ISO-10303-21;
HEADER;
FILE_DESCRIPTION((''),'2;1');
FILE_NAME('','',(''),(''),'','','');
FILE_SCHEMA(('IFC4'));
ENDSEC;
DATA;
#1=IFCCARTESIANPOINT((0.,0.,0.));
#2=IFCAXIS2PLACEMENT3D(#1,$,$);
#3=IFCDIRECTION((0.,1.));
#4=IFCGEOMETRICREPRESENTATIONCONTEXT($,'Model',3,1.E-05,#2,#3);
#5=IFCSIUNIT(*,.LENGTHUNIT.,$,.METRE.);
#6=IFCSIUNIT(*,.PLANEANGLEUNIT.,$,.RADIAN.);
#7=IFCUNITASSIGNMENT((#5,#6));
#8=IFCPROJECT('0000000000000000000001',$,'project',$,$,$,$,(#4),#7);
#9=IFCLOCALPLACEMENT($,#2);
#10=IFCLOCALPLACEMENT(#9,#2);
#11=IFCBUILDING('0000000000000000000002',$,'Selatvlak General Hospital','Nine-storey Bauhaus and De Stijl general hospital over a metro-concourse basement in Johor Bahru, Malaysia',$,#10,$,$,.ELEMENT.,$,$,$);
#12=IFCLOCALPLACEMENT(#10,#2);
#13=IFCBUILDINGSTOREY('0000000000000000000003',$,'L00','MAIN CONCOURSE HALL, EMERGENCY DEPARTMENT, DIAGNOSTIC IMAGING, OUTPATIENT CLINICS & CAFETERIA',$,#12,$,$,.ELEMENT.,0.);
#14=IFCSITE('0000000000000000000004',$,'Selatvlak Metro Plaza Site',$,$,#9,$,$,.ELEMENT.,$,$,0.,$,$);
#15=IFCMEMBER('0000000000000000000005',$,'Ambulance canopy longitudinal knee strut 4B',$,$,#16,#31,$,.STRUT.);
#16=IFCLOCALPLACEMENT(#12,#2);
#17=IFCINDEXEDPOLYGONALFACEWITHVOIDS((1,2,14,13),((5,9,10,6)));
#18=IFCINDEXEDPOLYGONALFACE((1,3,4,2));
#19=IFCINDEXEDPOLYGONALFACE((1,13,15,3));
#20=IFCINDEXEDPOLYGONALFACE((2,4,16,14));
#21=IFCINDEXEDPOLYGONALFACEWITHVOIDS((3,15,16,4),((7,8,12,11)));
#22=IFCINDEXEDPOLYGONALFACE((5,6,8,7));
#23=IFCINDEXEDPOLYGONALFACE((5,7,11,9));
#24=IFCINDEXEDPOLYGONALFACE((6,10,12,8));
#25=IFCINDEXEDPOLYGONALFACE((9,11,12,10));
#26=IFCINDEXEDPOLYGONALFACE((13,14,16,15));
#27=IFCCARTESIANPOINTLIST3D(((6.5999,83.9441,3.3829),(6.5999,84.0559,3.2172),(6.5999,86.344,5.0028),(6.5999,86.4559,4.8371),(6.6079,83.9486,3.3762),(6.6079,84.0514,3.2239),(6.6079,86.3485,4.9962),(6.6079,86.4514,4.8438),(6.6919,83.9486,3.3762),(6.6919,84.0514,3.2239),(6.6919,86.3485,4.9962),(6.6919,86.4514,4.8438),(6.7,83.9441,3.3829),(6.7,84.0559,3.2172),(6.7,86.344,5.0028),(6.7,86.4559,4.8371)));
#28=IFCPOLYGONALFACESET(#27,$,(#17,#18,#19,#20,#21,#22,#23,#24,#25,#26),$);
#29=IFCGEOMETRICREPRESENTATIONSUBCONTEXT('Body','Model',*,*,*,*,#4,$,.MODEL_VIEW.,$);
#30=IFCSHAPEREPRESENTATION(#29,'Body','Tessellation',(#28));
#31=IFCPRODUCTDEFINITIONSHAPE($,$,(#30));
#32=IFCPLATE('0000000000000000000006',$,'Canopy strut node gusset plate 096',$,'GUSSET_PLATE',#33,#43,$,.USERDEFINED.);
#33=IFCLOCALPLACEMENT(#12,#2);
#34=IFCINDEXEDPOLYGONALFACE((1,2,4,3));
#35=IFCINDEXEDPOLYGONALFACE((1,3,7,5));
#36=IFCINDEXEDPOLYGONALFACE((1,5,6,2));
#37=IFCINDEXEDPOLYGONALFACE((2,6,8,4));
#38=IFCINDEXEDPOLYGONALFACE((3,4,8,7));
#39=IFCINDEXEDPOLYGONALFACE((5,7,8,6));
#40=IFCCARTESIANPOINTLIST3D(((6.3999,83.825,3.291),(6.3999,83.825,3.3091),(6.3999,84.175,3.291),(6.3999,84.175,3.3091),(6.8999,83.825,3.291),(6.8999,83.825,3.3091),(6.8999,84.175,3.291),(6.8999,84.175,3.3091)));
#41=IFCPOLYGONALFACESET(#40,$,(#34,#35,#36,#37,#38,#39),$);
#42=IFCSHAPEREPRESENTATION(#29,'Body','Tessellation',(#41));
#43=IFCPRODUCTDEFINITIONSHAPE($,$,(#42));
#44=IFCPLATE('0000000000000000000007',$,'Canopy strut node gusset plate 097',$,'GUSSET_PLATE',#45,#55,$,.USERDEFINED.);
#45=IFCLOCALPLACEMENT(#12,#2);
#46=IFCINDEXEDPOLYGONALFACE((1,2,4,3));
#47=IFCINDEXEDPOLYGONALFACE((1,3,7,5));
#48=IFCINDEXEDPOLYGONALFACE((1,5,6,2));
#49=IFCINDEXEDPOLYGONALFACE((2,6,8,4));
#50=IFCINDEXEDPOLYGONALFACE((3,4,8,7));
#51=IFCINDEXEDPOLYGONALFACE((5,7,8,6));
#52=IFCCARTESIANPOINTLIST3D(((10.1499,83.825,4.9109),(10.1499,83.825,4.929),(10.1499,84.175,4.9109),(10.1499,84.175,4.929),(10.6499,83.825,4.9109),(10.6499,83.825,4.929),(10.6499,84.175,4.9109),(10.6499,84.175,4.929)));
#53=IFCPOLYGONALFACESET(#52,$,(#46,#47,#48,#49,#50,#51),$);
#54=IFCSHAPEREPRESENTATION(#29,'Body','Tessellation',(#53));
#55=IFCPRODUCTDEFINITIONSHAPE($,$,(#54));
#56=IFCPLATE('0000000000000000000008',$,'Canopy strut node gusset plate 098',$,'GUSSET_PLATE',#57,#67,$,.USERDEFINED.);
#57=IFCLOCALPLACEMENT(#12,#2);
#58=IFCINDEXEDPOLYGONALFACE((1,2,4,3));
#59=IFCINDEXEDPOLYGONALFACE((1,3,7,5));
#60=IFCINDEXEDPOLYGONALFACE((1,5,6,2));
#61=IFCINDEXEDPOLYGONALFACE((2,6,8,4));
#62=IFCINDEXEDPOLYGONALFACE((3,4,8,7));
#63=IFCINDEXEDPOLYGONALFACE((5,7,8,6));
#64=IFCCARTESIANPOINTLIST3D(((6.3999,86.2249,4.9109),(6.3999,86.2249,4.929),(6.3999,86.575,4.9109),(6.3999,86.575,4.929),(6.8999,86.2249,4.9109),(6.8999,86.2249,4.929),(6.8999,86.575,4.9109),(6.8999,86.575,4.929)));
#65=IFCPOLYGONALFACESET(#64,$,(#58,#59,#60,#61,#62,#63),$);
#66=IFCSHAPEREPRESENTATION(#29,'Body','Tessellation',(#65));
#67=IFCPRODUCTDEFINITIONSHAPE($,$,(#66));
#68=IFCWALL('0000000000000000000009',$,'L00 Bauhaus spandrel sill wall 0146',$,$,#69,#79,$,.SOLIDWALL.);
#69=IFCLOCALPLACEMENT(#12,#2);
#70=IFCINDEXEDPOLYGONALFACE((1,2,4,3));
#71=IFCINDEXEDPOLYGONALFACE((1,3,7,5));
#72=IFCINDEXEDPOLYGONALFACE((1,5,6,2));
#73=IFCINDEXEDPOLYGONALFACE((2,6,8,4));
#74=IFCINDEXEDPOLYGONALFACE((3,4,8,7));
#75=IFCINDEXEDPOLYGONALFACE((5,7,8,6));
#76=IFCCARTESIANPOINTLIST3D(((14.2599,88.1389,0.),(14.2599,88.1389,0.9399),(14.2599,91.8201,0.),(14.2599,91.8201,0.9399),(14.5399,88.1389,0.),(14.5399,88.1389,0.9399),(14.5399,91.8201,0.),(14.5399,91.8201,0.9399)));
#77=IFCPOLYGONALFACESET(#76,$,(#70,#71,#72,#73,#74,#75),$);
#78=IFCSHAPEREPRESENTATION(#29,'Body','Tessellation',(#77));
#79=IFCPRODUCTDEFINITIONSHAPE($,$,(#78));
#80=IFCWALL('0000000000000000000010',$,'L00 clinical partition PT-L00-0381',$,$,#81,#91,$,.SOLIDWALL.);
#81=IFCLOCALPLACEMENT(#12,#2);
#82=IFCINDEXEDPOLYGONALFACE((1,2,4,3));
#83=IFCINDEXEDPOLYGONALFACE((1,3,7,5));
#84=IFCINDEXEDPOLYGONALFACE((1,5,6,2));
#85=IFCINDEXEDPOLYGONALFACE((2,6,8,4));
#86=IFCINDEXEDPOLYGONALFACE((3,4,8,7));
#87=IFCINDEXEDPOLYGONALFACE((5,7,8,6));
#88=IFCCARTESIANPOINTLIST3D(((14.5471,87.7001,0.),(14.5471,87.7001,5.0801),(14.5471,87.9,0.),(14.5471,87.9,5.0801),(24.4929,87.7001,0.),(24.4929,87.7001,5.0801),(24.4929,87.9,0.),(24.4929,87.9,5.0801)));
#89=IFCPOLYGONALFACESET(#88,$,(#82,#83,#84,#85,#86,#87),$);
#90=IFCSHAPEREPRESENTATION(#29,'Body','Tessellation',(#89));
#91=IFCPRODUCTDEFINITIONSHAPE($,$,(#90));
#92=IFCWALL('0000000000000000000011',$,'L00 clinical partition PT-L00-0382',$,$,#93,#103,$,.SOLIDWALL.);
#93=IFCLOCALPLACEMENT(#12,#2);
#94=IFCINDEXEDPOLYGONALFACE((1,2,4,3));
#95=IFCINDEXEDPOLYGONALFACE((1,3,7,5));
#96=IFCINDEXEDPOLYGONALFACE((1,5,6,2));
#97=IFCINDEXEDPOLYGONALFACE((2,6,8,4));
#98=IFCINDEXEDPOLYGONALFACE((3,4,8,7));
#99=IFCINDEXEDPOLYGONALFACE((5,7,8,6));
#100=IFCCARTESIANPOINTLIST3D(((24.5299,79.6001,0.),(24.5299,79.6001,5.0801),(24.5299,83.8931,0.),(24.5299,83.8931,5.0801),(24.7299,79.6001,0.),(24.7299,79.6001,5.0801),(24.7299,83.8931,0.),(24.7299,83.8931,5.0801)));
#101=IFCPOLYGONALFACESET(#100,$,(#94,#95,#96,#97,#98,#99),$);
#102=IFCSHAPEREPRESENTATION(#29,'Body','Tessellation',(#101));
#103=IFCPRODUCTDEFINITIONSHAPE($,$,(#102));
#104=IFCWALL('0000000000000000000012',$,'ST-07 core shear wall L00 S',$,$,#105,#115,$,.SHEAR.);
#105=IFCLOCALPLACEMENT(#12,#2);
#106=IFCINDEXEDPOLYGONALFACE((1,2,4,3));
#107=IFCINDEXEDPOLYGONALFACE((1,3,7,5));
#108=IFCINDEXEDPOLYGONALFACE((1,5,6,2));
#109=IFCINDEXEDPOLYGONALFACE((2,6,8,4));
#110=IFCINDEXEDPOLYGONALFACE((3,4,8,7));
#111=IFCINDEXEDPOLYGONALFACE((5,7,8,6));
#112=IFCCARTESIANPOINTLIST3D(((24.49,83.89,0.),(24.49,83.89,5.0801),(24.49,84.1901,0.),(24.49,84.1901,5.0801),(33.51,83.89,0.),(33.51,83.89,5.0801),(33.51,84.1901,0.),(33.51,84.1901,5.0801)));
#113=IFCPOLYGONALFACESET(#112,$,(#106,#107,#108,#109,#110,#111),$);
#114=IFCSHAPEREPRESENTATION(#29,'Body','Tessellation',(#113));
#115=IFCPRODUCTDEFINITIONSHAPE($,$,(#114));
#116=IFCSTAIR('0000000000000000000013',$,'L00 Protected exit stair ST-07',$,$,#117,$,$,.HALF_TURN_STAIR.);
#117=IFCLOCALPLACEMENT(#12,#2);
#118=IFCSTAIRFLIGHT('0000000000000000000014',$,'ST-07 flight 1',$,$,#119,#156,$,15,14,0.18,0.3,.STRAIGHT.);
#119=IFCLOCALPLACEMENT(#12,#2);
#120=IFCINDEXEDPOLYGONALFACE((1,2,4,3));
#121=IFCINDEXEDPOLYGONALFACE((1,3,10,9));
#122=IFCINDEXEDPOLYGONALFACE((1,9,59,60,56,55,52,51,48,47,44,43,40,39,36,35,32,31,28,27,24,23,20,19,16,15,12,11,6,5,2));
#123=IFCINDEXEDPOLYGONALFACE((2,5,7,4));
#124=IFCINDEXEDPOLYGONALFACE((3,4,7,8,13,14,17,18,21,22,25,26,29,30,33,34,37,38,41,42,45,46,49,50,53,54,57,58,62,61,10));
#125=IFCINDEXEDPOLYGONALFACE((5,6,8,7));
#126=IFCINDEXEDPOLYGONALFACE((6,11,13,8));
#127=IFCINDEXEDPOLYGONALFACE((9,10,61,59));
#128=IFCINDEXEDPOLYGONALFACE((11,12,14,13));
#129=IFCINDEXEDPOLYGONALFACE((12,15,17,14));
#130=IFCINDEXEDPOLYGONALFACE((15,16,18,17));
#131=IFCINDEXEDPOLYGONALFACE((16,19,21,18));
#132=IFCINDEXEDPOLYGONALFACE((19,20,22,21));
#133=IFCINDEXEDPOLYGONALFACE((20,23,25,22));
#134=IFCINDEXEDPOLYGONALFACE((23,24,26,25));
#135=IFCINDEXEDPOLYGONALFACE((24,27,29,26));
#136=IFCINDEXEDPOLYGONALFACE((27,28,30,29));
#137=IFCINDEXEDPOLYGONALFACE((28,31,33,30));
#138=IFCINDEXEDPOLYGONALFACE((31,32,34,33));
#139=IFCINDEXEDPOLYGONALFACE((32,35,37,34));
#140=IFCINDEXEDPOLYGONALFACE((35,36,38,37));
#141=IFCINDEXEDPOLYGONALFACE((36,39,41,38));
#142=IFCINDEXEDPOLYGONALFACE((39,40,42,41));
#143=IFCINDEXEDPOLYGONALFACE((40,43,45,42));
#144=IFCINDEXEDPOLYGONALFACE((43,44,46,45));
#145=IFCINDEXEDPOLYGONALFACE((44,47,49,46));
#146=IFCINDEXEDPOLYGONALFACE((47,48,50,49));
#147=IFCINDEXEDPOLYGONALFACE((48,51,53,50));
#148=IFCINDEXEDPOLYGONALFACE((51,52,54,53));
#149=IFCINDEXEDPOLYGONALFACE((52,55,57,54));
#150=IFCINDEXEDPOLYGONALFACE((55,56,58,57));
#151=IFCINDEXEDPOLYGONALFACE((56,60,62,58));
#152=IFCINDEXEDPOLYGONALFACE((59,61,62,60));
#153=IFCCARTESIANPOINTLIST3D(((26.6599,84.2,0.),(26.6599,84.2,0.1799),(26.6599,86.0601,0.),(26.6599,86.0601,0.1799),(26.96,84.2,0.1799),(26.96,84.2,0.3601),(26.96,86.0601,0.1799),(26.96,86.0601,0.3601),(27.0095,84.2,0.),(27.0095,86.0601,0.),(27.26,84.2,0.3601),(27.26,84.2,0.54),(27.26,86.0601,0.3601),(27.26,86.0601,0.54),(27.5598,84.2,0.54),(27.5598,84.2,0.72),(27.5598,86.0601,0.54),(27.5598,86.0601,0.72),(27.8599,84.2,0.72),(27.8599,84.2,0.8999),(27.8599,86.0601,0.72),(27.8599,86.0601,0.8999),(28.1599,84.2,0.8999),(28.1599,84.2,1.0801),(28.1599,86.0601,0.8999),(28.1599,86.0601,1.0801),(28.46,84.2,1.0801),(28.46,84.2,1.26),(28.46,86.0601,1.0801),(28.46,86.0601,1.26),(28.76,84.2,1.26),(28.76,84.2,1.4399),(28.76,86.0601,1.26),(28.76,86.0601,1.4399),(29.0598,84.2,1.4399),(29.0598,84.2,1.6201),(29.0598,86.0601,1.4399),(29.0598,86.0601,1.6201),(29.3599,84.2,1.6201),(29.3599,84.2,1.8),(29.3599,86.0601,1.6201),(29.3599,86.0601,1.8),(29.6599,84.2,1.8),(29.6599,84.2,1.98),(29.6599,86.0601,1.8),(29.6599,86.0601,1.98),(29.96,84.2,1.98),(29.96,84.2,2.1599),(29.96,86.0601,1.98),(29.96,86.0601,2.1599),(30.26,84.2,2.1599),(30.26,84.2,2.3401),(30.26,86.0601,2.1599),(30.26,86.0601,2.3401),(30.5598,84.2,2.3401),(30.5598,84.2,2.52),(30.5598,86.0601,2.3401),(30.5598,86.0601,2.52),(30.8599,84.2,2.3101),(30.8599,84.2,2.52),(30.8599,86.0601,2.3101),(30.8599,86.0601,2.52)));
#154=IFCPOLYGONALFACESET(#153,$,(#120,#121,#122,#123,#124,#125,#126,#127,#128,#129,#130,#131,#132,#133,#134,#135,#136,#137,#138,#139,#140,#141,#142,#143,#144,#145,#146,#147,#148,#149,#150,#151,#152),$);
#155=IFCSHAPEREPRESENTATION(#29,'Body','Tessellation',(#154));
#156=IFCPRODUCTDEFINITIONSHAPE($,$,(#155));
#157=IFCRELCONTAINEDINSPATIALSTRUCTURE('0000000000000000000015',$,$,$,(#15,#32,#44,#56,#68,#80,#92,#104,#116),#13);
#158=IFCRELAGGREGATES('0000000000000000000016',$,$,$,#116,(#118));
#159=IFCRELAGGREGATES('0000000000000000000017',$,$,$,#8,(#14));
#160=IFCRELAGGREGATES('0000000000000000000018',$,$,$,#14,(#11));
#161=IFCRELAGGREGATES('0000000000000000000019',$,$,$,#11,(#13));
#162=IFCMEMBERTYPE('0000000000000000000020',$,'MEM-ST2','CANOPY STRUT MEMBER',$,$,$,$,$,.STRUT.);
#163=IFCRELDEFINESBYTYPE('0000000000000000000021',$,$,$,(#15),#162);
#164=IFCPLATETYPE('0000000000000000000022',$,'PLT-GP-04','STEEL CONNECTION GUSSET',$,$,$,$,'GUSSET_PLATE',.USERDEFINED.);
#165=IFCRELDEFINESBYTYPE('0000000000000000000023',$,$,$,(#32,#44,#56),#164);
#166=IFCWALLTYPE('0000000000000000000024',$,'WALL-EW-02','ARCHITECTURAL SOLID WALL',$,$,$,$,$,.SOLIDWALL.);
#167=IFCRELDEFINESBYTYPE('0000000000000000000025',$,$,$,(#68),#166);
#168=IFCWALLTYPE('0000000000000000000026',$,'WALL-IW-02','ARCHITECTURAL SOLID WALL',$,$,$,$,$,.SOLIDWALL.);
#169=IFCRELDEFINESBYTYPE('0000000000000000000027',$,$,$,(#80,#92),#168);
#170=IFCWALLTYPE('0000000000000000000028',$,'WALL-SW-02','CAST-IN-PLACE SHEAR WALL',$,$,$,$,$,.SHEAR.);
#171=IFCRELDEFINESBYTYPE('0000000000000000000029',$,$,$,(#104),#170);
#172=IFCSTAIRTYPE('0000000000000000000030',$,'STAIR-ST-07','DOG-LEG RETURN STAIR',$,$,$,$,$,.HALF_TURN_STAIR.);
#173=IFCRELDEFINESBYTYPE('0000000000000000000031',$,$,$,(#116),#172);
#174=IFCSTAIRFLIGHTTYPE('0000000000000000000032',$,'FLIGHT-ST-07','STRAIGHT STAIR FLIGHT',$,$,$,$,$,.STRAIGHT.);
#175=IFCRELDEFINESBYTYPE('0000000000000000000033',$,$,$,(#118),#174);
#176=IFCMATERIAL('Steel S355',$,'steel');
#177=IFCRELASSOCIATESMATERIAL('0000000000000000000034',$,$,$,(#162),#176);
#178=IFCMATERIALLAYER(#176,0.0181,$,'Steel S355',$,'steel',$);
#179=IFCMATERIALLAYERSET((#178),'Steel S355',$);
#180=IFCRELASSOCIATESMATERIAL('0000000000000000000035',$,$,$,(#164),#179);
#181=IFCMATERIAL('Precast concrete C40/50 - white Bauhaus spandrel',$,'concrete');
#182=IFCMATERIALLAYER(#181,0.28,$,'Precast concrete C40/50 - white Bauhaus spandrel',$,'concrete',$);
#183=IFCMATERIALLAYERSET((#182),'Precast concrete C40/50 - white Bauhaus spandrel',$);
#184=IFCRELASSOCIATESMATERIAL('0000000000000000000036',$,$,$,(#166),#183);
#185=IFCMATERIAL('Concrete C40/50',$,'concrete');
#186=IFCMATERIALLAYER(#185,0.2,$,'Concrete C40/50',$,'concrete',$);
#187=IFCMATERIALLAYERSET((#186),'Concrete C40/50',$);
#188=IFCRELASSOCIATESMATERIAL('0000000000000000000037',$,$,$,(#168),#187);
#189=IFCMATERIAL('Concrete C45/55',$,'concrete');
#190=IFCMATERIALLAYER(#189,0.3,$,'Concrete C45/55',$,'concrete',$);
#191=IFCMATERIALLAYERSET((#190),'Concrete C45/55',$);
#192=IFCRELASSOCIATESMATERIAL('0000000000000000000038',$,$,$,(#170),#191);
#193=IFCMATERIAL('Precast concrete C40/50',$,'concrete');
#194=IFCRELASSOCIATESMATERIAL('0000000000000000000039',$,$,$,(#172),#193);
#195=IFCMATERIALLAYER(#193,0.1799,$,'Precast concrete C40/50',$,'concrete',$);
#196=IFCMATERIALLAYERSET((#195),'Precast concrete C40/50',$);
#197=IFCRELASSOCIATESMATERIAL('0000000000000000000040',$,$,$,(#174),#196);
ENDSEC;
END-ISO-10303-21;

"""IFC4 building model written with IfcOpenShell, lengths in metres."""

from ifc_helpers import new_model, si_unit, direction, frame, frame_2d, origin, origin_2d, place, context, subcontext, project, spatial, polyline, rectangle, hollow_rectangle, outline, extrude, material, layer, layer_set, material_profile, profile_set, type_object, element, aggregate, save


model = new_model("IFC4")

# Units and contexts
model_context = context("Model", 3, precision=1e-05, world=origin(), true_north=direction((0.0, 1.0)))
body_context = subcontext(model_context, "Body", "Model", "MODEL_VIEW")
ifc_project = project(units=[si_unit("LENGTHUNIT", "METRE"), si_unit("PLANEANGLEUNIT", "RADIAN")], contexts=[model_context])

# Site, building, storey
site_placement = place(None, origin())
site = spatial("IfcSite", under=ifc_project, at=site_placement, Name="Selatvlak Metro Plaza Site", CompositionType="ELEMENT", RefElevation=0.0)
building_placement = place(site_placement, origin())
building = spatial("IfcBuilding", under=site, at=building_placement, Name="Selatvlak General Hospital", Description="Nine-storey Bauhaus and De Stijl general hospital over a metro-concourse basement in Johor Bahru, Malaysia", CompositionType="ELEMENT")
storey_placement = place(building_placement, origin())
storey = spatial("IfcBuildingStorey", under=building, at=storey_placement, Name="L00", Description="MAIN CONCOURSE HALL, EMERGENCY DEPARTMENT, DIAGNOSTIC IMAGING, OUTPATIENT CLINICS & CAFETERIA", CompositionType="ELEMENT", Elevation=0.0)

# Shared definitions
ifc_material_1 = material(Name="Steel S355", Category="steel")

# Shared definitions
ifc_material_2 = material(Name="Concrete C40/50", Category="concrete")

# Member
ifc_material_profile_1 = material_profile(ifc_material_1, hollow_rectangle(XDim=0.1001, YDim=0.2, WallThickness=0.0081, at=origin_2d()), Name="RHS 200x100x8")
ifc_profile_set_1 = profile_set([ifc_material_profile_1], Name="Steel S355")
member_type_1 = type_object("IfcMemberType", Name="MEM-ST2", Description="CANOPY STRUT MEMBER", PredefinedType="STRUT", material=ifc_profile_set_1)
member_1_placement = place(storey_placement, frame((6.6499, 84.0, 3.3), z_axis=(0.0, 0.828858, 0.559458), x_axis=(-1.0, 0.0, 0.0)))
element("IfcMember", 1, at=member_1_placement, inside=storey, type_object=member_type_1, Name="Ambulance canopy longitudinal knee strut 4B", PredefinedType="STRUT", context=body_context, shape_type="SweptSolid", body=[
    extrude(hollow_rectangle(XDim=0.1001, YDim=0.2, WallThickness=0.0081, at=origin_2d()), origin(), (0.0, 0.0, 1.0), 2.8955),
])

# Plates
ifc_layer_1 = layer(ifc_material_1, 0.0181, Name="Steel S355", Category="steel")
ifc_layer_set_1 = layer_set([ifc_layer_1], Name="Steel S355")
plate_type = type_object("IfcPlateType", Name="PLT-GP-04", Description="STEEL CONNECTION GUSSET", ElementType="GUSSET_PLATE", PredefinedType="USERDEFINED", material=ifc_layer_set_1)
for number, where, z_axis, x_axis, name in (
    (2, (6.6499, 84.0, 3.291), (0.0, 0.0, 1.0), (1.0, 0.0, 0.0), "Canopy strut node gusset plate 096"),
    (3, (10.3999, 84.0, 4.9109), (0.0, 0.0, 1.0), (1.0, 0.0, 0.0), "Canopy strut node gusset plate 097"),
    (4, (6.6499, 86.3999, 4.9109), (0.0, 0.0, 1.0), (1.0, 0.0, 0.0), "Canopy strut node gusset plate 098"),
):
    element("IfcPlate", number, at=place(storey_placement, frame(where, z_axis=z_axis, x_axis=x_axis)), inside=storey, type_object=plate_type, Name=name, ObjectType="GUSSET_PLATE", PredefinedType="USERDEFINED", context=body_context, shape_type="SweptSolid", body=[
        extrude(rectangle(XDim=0.5, YDim=0.3501, at=origin_2d()), origin(), (0.0, 0.0, 1.0), 0.0181),
    ])

# Walls
ifc_material_3 = material(Name="Precast concrete C40/50 - white Bauhaus spandrel", Category="concrete")
ifc_layer_2 = layer(ifc_material_3, 0.28, Name="Precast concrete C40/50 - white Bauhaus spandrel", Category="concrete")
ifc_layer_set_2 = layer_set([ifc_layer_2], Name="Precast concrete C40/50 - white Bauhaus spandrel")
wall_type_1 = type_object("IfcWallType", Name="WALL-EW-02", Description="ARCHITECTURAL SOLID WALL", PredefinedType="SOLIDWALL", material=ifc_layer_set_2)
wall_1_placement = place(storey_placement, frame((14.3999, 88.1389, 0.0), z_axis=(0.0, 0.0, 1.0), x_axis=(0.0, 1.0, 0.0)))
element("IfcWall", 5, at=wall_1_placement, inside=storey, type_object=wall_type_1, Name="L00 Bauhaus spandrel sill wall 0146", PredefinedType="SOLIDWALL", context=body_context, shape_type="SweptSolid", body=[
    extrude(rectangle(XDim=3.6812, YDim=0.28, at=frame_2d((1.8406, 0.0))), origin(), (0.0, 0.0, 1.0), 0.9399),
])
ifc_layer_3 = layer(ifc_material_2, 0.2, Name="Concrete C40/50", Category="concrete")
ifc_layer_set_3 = layer_set([ifc_layer_3], Name="Concrete C40/50")
wall_type_2 = type_object("IfcWallType", Name="WALL-IW-02", Description="ARCHITECTURAL SOLID WALL", PredefinedType="SOLIDWALL", material=ifc_layer_set_3)
wall_2_placement = place(storey_placement, frame((14.5471, 87.8, 0.0), z_axis=(0.0, 0.0, 1.0), x_axis=(1.0, 0.0, 0.0)))
element("IfcWall", 6, at=wall_2_placement, inside=storey, type_object=wall_type_2, Name="L00 clinical partition PT-L00-0381", PredefinedType="SOLIDWALL", context=body_context, shape_type="SweptSolid", body=[
    extrude(rectangle(XDim=9.9458, YDim=0.2, at=frame_2d((4.9729, 0.0))), origin(), (0.0, 0.0, 1.0), 5.0801),
])
wall_3_placement = place(storey_placement, frame((24.6299, 83.8931, 0.0), z_axis=(0.0, 0.0, 1.0), x_axis=(0.0, -1.0, 0.0)))
element("IfcWall", 7, at=wall_3_placement, inside=storey, type_object=wall_type_2, Name="L00 clinical partition PT-L00-0382", PredefinedType="SOLIDWALL", context=body_context, shape_type="SweptSolid", body=[
    extrude(rectangle(XDim=4.293, YDim=0.2, at=frame_2d((2.1465, 0.0))), origin(), (0.0, 0.0, 1.0), 5.0801),
])
ifc_material_4 = material(Name="Concrete C45/55", Category="concrete")
ifc_layer_4 = layer(ifc_material_4, 0.3, Name="Concrete C45/55", Category="concrete")
ifc_layer_set_4 = layer_set([ifc_layer_4], Name="Concrete C45/55")
wall_type_3 = type_object("IfcWallType", Name="WALL-SW-02", Description="CAST-IN-PLACE SHEAR WALL", PredefinedType="SHEAR", material=ifc_layer_set_4)
wall_4_placement = place(storey_placement, frame((24.49, 84.04, 0.0), z_axis=(0.0, 0.0, 1.0), x_axis=(1.0, 0.0, 0.0)))
element("IfcWall", 8, at=wall_4_placement, inside=storey, type_object=wall_type_3, Name="ST-07 core shear wall L00 S", PredefinedType="SHEAR", context=body_context, shape_type="SweptSolid", body=[
    extrude(rectangle(XDim=9.02, YDim=0.3, at=frame_2d((4.51, 0.0))), origin(), (0.0, 0.0, 1.0), 5.0801),
])

# Stair, stair flight
ifc_material_5 = material(Name="Precast concrete C40/50", Category="concrete")
stair_type = type_object("IfcStairType", Name="STAIR-ST-07", Description="DOG-LEG RETURN STAIR", PredefinedType="HALF_TURN_STAIR", material=ifc_material_5)
stair_placement = place(storey_placement, origin())
stair = element("IfcStair", 9, at=stair_placement, inside=storey, type_object=stair_type, Name="L00 Protected exit stair ST-07", PredefinedType="HALF_TURN_STAIR")
ifc_layer_5 = layer(ifc_material_5, 0.1799, Name="Precast concrete C40/50", Category="concrete")
ifc_layer_set_5 = layer_set([ifc_layer_5], Name="Precast concrete C40/50")
stair_flight_type = type_object("IfcStairFlightType", Name="FLIGHT-ST-07", Description="STRAIGHT STAIR FLIGHT", PredefinedType="STRAIGHT", material=ifc_layer_set_5)
stair_flight_placement = place(storey_placement, frame((26.6599, 85.1299, 0.0), z_axis=(0.0, 0.0, 1.0), x_axis=(1.0, 0.0, 0.0)))
stair_flight = element("IfcStairFlight", 10, at=stair_flight_placement, type_object=stair_flight_type, Name="ST-07 flight 1", NumberOfRisers=15, NumberOfTreads=14, PredefinedType="STRAIGHT", RiserHeight=0.18, TreadLength=0.3, context=body_context, shape_type="SweptSolid", body=[
    extrude(outline(polyline([(0.0, 0.0), (0.0, 0.1799), (0.3, 0.1799), (0.3, 0.3601), (0.6001, 0.3601), (0.6001, 0.54), (0.8999, 0.54), (0.8999, 0.72), (1.2, 0.72), (1.2, 0.8999), (1.5, 0.8999), (1.5, 1.0801), (1.8, 1.0801), (1.8, 1.26), (2.1001, 1.26), (2.1001, 1.4399), (2.3999, 1.4399), (2.3999, 1.6201), (2.7, 1.6201), (2.7, 1.8), (3.0, 1.8), (3.0, 1.98), (3.3, 1.98), (3.3, 2.1599), (3.6001, 2.1599), (3.6001, 2.3401), (3.8999, 2.3401), (3.8999, 2.52), (4.2, 2.52), (4.2, 2.7), (4.2, 2.3101), (0.3496, 0.0), (0.0, 0.0)])), frame((0.0, 0.9302, 0.0), z_axis=(0.0, -1.0, 0.0), x_axis=(1.0, 0.0, 0.0)), (0.0, 0.0, 1.0), 1.8601),
])
aggregate(stair, [stair_flight])

save(model, "model.ifc")
